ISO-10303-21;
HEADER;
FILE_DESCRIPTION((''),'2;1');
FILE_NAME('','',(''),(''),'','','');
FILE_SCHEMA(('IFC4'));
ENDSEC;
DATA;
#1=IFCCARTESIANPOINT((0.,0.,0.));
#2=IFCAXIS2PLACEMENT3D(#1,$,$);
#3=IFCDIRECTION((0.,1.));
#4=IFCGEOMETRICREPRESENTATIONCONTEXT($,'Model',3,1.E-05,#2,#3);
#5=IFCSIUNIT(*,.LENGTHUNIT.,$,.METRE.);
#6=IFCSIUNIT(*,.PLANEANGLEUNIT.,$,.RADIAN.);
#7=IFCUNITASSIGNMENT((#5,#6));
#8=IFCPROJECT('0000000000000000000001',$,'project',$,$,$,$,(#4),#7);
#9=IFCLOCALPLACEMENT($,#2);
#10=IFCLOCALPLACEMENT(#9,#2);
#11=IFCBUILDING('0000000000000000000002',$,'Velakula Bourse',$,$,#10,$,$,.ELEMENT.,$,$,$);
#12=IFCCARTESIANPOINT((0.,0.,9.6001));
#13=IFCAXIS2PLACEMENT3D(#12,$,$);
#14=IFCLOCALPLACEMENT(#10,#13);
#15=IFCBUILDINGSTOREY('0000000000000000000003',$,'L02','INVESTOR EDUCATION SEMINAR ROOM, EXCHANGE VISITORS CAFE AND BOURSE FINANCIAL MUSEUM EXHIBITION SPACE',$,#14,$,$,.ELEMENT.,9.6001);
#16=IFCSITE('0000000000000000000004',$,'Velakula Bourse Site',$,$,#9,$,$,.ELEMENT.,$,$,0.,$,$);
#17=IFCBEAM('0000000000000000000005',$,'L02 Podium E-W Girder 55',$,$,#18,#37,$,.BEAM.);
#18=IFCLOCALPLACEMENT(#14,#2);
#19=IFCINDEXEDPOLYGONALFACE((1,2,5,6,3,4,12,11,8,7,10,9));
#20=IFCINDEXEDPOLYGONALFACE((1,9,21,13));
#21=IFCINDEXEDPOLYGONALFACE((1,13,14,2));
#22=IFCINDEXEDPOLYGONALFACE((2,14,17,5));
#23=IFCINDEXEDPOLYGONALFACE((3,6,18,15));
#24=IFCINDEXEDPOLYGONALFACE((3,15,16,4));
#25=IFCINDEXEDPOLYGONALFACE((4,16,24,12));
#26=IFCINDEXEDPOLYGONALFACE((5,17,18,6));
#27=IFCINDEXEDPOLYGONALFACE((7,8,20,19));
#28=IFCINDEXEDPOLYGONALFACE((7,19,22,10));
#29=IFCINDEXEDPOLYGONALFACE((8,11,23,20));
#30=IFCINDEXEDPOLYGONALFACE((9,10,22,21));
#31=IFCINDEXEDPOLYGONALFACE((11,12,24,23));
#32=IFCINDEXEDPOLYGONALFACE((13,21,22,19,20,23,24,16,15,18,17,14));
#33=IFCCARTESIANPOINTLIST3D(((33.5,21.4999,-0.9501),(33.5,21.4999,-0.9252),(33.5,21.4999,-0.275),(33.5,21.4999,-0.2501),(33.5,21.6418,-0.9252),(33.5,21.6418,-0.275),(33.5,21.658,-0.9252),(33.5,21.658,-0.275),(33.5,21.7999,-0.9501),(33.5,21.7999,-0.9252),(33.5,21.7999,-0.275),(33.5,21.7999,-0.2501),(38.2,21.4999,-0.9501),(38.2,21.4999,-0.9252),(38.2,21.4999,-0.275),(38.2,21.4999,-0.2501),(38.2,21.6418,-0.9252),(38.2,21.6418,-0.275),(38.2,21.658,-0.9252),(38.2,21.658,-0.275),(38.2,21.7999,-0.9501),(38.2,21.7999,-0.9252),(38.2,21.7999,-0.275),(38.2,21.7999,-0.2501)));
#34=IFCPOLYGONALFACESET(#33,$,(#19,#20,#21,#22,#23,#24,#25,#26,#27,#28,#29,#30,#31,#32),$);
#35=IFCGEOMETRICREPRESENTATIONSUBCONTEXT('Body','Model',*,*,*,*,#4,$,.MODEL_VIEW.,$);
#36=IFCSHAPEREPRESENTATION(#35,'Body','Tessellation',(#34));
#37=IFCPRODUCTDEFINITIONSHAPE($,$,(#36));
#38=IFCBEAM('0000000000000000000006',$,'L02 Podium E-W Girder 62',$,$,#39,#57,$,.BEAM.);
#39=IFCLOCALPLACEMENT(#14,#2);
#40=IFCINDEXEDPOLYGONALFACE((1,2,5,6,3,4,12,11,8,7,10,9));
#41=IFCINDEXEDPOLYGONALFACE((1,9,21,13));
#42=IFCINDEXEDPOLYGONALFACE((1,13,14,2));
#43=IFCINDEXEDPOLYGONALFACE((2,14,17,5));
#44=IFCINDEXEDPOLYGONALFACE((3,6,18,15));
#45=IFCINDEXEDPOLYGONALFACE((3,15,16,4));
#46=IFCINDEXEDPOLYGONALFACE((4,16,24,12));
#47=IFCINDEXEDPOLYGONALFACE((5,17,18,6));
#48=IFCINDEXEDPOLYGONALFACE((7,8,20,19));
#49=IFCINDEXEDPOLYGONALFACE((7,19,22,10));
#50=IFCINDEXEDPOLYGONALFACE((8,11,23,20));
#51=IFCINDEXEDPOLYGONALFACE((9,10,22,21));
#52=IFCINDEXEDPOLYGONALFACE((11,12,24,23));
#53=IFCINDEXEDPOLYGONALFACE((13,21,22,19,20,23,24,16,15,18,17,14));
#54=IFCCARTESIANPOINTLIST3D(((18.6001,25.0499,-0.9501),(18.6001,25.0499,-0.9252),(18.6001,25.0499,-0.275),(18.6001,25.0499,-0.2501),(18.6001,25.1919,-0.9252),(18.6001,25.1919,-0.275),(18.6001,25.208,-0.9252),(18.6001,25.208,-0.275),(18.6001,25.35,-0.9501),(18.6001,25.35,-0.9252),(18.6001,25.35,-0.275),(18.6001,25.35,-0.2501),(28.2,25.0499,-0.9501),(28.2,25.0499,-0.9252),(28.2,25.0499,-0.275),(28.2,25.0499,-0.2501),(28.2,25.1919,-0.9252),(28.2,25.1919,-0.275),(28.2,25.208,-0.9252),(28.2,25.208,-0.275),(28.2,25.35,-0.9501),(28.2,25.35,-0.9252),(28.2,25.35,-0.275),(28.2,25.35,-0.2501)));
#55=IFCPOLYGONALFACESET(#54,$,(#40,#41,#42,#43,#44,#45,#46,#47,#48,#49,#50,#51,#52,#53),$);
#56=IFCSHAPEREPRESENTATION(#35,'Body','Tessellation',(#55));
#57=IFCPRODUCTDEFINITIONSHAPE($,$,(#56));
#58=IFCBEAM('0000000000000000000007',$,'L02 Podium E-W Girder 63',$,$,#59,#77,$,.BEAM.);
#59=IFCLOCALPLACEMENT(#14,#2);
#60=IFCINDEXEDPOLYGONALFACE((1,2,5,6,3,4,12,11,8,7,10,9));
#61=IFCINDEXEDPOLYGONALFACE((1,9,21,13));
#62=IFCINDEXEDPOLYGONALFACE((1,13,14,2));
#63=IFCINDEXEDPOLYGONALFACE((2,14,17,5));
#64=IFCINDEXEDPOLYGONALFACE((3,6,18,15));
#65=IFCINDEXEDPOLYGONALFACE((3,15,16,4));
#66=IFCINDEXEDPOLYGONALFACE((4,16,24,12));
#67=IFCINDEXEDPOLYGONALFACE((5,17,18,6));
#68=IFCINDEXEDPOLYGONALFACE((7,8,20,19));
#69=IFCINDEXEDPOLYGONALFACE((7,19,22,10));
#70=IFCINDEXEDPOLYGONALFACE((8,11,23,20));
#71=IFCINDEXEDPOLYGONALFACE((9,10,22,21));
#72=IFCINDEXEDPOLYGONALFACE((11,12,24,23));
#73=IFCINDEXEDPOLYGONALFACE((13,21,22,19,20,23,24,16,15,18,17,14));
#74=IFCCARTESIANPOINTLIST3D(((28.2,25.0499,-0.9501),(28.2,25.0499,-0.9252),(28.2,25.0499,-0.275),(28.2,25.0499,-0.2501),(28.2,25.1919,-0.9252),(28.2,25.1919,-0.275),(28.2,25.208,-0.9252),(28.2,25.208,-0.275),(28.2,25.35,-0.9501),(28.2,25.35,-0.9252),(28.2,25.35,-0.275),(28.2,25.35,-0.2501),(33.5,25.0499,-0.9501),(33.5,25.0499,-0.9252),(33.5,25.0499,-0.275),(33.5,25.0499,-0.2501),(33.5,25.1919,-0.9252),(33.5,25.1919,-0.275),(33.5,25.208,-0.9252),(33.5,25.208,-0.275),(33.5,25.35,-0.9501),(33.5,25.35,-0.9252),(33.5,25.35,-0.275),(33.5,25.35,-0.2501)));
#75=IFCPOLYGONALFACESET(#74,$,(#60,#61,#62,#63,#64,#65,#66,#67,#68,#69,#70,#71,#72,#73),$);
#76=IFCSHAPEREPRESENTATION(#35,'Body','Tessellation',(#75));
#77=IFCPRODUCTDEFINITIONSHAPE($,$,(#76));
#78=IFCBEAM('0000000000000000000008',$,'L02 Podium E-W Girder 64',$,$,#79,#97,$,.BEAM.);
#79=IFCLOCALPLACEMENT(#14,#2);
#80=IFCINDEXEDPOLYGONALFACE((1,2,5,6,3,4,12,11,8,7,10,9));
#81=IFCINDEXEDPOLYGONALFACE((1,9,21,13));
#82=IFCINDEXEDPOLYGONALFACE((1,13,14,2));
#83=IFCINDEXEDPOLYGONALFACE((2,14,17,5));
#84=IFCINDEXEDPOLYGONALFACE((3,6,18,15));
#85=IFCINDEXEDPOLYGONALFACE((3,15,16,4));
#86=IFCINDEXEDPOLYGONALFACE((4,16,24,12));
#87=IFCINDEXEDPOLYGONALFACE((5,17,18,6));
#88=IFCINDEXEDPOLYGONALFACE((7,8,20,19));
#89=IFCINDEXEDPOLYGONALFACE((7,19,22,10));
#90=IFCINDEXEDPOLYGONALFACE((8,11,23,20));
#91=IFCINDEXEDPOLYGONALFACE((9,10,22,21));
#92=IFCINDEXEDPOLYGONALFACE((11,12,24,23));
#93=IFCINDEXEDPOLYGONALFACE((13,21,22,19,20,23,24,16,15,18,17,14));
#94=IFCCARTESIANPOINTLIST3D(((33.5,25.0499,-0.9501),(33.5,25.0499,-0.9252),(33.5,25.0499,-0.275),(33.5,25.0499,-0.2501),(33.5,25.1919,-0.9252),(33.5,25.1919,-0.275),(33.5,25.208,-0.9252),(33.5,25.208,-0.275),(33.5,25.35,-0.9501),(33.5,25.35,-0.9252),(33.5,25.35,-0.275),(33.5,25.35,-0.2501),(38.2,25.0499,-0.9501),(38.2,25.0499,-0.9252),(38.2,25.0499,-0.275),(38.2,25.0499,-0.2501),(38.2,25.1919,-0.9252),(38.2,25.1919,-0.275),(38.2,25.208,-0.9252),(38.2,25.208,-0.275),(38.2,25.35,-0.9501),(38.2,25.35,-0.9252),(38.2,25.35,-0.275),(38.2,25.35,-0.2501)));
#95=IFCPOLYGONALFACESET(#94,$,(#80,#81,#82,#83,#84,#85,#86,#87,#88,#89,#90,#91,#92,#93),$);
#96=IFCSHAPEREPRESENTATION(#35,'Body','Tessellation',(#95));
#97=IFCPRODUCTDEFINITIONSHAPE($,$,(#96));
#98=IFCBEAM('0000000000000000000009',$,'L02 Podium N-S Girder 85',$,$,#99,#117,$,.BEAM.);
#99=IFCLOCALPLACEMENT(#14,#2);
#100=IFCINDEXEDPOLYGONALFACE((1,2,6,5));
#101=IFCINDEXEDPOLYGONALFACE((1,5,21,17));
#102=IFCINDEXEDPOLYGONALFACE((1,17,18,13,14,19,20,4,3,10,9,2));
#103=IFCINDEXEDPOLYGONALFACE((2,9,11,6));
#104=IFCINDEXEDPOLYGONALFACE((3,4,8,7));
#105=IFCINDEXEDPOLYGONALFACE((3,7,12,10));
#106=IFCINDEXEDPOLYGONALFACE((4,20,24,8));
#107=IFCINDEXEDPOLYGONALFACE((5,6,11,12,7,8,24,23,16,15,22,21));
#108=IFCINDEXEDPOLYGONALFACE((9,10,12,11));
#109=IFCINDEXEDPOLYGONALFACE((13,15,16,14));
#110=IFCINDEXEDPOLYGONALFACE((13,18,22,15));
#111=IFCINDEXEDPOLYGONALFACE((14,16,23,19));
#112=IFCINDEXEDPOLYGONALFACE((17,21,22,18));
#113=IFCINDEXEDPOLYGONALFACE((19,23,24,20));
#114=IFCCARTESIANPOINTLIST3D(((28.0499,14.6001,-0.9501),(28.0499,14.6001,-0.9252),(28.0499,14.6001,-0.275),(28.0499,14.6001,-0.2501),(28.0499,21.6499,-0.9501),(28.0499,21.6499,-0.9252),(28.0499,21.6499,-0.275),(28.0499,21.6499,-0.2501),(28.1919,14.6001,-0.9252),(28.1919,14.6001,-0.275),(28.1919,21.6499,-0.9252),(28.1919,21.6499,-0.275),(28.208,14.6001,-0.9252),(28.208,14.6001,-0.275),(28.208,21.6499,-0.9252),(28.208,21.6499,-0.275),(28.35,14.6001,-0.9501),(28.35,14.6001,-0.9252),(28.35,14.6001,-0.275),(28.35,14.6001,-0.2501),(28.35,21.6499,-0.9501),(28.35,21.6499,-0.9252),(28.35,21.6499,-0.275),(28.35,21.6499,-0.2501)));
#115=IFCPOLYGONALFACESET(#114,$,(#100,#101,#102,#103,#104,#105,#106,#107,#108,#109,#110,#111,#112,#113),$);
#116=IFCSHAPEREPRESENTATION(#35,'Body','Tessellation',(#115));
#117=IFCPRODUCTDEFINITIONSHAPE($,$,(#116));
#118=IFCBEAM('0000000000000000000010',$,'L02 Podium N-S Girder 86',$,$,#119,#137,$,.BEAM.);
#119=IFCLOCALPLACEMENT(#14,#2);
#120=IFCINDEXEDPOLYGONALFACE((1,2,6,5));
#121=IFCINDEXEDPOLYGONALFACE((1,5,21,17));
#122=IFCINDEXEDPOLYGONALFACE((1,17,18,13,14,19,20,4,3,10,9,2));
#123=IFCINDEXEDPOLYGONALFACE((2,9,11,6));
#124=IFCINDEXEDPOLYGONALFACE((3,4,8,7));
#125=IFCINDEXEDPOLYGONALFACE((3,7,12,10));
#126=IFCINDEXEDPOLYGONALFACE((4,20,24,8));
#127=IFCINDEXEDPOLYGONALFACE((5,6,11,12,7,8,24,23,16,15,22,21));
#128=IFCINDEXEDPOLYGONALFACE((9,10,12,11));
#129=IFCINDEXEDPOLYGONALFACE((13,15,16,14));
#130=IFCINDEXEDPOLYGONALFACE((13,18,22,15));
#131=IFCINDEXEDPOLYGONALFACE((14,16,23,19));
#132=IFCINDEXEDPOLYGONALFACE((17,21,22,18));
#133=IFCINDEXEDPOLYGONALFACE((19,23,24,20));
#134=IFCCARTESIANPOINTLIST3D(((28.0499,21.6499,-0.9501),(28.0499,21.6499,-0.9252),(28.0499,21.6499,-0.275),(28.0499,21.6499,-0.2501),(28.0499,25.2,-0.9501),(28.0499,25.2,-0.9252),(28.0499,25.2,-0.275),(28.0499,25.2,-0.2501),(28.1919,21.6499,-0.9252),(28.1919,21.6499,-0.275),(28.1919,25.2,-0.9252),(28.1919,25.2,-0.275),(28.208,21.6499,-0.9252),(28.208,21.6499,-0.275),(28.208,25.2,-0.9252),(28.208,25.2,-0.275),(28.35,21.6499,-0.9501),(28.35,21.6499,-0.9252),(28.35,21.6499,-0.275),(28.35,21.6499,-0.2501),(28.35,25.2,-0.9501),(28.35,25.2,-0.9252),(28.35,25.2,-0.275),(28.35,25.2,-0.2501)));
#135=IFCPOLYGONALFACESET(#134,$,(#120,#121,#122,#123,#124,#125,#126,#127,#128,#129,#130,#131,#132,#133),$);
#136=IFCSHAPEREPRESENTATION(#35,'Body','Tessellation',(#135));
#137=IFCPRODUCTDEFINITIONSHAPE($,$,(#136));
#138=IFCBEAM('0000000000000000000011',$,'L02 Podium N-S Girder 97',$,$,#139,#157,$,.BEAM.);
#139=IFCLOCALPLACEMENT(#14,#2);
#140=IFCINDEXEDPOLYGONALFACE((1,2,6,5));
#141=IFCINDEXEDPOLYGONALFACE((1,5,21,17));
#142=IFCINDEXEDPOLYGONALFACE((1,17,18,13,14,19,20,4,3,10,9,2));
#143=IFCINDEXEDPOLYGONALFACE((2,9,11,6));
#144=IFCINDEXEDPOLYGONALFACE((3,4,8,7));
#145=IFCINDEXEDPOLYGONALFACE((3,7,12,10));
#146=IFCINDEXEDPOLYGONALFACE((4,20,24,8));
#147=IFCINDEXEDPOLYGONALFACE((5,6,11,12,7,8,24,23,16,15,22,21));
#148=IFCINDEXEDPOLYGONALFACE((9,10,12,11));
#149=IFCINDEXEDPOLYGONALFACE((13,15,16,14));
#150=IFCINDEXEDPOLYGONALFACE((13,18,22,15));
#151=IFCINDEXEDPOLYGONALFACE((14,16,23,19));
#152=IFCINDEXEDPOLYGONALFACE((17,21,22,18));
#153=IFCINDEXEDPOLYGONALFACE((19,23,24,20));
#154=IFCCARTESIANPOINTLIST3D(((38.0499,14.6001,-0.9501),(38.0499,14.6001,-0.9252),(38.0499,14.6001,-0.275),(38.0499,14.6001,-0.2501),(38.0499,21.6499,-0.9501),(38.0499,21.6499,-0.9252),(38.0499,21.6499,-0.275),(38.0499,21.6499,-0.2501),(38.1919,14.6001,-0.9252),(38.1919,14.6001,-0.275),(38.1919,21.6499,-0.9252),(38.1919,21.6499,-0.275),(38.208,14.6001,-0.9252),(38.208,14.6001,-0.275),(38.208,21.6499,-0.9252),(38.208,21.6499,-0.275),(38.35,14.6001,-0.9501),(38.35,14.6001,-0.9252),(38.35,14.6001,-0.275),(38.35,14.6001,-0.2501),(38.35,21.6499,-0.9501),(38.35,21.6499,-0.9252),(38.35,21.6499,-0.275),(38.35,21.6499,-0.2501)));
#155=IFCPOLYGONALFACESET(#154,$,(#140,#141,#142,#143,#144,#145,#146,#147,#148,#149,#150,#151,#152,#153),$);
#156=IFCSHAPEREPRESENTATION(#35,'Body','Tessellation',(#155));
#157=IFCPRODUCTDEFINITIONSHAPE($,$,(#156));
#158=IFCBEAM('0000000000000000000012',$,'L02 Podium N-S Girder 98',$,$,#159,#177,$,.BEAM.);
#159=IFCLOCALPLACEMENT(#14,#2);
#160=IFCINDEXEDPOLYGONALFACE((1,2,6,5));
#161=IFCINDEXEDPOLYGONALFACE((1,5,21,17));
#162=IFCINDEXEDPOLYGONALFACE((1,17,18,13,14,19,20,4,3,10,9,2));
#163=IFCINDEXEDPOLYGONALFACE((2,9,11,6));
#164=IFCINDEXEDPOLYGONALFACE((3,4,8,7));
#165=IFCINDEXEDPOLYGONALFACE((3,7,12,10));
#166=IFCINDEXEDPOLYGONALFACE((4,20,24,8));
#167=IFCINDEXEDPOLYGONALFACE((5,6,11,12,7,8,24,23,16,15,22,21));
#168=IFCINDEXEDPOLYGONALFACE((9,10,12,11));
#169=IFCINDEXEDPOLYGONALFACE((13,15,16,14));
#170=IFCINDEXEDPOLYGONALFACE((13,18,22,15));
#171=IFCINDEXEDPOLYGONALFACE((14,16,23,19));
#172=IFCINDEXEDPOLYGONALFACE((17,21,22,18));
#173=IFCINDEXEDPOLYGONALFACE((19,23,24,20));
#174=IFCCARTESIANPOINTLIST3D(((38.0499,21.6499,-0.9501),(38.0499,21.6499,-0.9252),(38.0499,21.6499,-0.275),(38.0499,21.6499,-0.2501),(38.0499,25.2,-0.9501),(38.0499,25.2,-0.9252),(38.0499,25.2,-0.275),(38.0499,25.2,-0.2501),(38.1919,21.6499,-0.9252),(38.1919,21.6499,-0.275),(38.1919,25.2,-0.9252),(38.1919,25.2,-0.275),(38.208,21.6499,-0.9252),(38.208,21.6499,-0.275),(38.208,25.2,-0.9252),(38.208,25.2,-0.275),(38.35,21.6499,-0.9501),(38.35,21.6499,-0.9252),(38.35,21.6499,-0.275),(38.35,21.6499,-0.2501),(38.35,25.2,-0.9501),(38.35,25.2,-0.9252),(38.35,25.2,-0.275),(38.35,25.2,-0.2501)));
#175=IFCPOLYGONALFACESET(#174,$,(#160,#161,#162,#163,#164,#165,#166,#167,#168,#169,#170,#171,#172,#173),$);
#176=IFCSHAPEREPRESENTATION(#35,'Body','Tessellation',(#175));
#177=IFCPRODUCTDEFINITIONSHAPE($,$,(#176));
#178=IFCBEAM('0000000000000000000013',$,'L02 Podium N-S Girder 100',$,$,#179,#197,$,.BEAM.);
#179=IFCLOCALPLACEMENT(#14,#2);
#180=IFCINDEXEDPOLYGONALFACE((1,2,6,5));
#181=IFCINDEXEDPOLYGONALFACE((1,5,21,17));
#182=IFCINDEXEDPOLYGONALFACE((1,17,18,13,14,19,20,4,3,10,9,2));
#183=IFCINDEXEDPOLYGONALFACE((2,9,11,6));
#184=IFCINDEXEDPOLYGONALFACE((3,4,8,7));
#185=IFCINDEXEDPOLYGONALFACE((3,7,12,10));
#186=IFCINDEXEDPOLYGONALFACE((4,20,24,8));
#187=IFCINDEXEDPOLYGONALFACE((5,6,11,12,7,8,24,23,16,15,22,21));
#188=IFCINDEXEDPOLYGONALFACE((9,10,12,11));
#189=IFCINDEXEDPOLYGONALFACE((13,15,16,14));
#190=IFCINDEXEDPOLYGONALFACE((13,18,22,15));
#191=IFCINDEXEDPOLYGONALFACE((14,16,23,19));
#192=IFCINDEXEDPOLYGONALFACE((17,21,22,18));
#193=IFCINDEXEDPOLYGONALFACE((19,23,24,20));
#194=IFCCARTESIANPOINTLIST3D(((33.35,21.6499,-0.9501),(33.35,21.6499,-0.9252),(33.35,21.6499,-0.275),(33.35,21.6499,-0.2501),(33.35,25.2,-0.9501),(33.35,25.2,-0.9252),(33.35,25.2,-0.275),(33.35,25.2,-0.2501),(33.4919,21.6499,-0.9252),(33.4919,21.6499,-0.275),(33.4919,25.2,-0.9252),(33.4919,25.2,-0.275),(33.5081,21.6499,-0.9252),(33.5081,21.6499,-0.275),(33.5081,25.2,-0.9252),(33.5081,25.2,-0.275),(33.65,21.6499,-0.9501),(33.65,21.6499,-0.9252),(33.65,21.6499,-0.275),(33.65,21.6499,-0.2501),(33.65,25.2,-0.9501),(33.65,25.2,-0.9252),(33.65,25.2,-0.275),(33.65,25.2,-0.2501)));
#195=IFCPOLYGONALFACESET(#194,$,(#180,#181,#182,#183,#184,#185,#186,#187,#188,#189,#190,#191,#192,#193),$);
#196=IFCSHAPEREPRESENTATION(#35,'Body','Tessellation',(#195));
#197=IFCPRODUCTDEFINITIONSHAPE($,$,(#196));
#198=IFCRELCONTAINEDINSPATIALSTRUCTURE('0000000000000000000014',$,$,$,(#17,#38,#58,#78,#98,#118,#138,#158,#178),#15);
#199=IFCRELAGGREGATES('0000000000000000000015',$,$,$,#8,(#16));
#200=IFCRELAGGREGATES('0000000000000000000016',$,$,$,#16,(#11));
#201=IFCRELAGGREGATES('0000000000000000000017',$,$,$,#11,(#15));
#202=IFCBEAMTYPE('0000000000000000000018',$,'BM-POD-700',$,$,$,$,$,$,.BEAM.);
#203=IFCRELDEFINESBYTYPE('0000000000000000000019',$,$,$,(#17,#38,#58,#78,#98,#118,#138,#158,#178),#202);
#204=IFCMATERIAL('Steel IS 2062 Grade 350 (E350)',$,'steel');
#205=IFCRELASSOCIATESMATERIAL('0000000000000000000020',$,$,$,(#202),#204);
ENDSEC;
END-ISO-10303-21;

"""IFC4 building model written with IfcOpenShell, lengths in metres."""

from ifc_helpers import new_model, si_unit, direction, frame, origin, origin_2d, place, context, subcontext, project, spatial, i_section, extrude, material, material_profile, profile_set, type_object, element, save


model = new_model("IFC4")

# Units and contexts
model_context = context("Model", 3, precision=1e-05, world=origin(), true_north=direction((0.0, 1.0)))
body_context = subcontext(model_context, "Body", "Model", "MODEL_VIEW")
ifc_project = project(units=[si_unit("LENGTHUNIT", "METRE"), si_unit("PLANEANGLEUNIT", "RADIAN")], contexts=[model_context])

# Site, building, storey
site_placement = place(None, origin())
site = spatial("IfcSite", under=ifc_project, at=site_placement, Name="Velakula Bourse Site", CompositionType="ELEMENT", RefElevation=0.0)
building_placement = place(site_placement, origin())
building = spatial("IfcBuilding", under=site, at=building_placement, Name="Velakula Bourse", CompositionType="ELEMENT")
storey_placement = place(building_placement, frame((0.0, 0.0, 9.6001)))
storey = spatial("IfcBuildingStorey", under=building, at=storey_placement, Name="L02", Description="INVESTOR EDUCATION SEMINAR ROOM, EXCHANGE VISITORS CAFE AND BOURSE FINANCIAL MUSEUM EXHIBITION SPACE", CompositionType="ELEMENT", Elevation=9.6001)

# Beams
ifc_material_1 = material(Name="Steel IS 2062 Grade 350 (E350)", Category="steel")
ifc_material_profile_1 = material_profile(ifc_material_1, i_section(OverallWidth=0.3, OverallDepth=0.7, WebThickness=0.0161, FlangeThickness=0.0249, at=origin_2d()), Name="Steel IS 2062 Grade 350 (E350)")
ifc_profile_set_1 = profile_set([ifc_material_profile_1], Name="Steel IS 2062 Grade 350 (E350)")
beam_type_1 = type_object("IfcBeamType", Name="BM-POD-700", PredefinedType="BEAM", material=ifc_profile_set_1)
beam_1_placement = place(storey_placement, frame((33.5, 21.6499, -0.6001), z_axis=(1.0, 0.0, 0.0), x_axis=(0.0, 1.0, 0.0)))
element("IfcBeam", 1, at=beam_1_placement, inside=storey, type_object=beam_type_1, Name="L02 Podium E-W Girder 55", PredefinedType="BEAM", context=body_context, shape_type="SweptSolid", body=[
    extrude(i_section(OverallWidth=0.3, OverallDepth=0.7, WebThickness=0.0161, FlangeThickness=0.0249, at=origin_2d()), origin(), (0.0, 0.0, 1.0), 4.7),
])
beam_2_placement = place(storey_placement, frame((18.6001, 25.2, -0.6001), z_axis=(1.0, 0.0, 0.0), x_axis=(0.0, 1.0, 0.0)))
element("IfcBeam", 2, at=beam_2_placement, inside=storey, type_object=beam_type_1, Name="L02 Podium E-W Girder 62", PredefinedType="BEAM", context=body_context, shape_type="SweptSolid", body=[
    extrude(i_section(OverallWidth=0.3, OverallDepth=0.7, WebThickness=0.0161, FlangeThickness=0.0249, at=origin_2d()), origin(), (0.0, 0.0, 1.0), 9.5999),
])
beam_3_placement = place(storey_placement, frame((28.2, 25.2, -0.6001), z_axis=(1.0, 0.0, 0.0), x_axis=(0.0, 1.0, 0.0)))
element("IfcBeam", 3, at=beam_3_placement, inside=storey, type_object=beam_type_1, Name="L02 Podium E-W Girder 63", PredefinedType="BEAM", context=body_context, shape_type="SweptSolid", body=[
    extrude(i_section(OverallWidth=0.3, OverallDepth=0.7, WebThickness=0.0161, FlangeThickness=0.0249, at=origin_2d()), origin(), (0.0, 0.0, 1.0), 5.3),
])
beam_4_placement = place(storey_placement, frame((33.5, 25.2, -0.6001), z_axis=(1.0, 0.0, 0.0), x_axis=(0.0, 1.0, 0.0)))
element("IfcBeam", 4, at=beam_4_placement, inside=storey, type_object=beam_type_1, Name="L02 Podium E-W Girder 64", PredefinedType="BEAM", context=body_context, shape_type="SweptSolid", body=[
    extrude(i_section(OverallWidth=0.3, OverallDepth=0.7, WebThickness=0.0161, FlangeThickness=0.0249, at=origin_2d()), origin(), (0.0, 0.0, 1.0), 4.7),
])
beam_5_placement = place(storey_placement, frame((28.2, 14.6001, -0.6001), z_axis=(0.0, 1.0, 0.0), x_axis=(-1.0, 0.0, 0.0)))
element("IfcBeam", 5, at=beam_5_placement, inside=storey, type_object=beam_type_1, Name="L02 Podium N-S Girder 85", PredefinedType="BEAM", context=body_context, shape_type="SweptSolid", body=[
    extrude(i_section(OverallWidth=0.3, OverallDepth=0.7, WebThickness=0.0161, FlangeThickness=0.0249, at=origin_2d()), origin(), (0.0, 0.0, 1.0), 7.0498),
])
beam_6_placement = place(storey_placement, frame((28.2, 21.6499, -0.6001), z_axis=(0.0, 1.0, 0.0), x_axis=(-1.0, 0.0, 0.0)))
element("IfcBeam", 6, at=beam_6_placement, inside=storey, type_object=beam_type_1, Name="L02 Podium N-S Girder 86", PredefinedType="BEAM", context=body_context, shape_type="SweptSolid", body=[
    extrude(i_section(OverallWidth=0.3, OverallDepth=0.7, WebThickness=0.0161, FlangeThickness=0.0249, at=origin_2d()), origin(), (0.0, 0.0, 1.0), 3.55),
])
beam_7_placement = place(storey_placement, frame((38.2, 14.6001, -0.6001), z_axis=(0.0, 1.0, 0.0), x_axis=(-1.0, 0.0, 0.0)))
element("IfcBeam", 7, at=beam_7_placement, inside=storey, type_object=beam_type_1, Name="L02 Podium N-S Girder 97", PredefinedType="BEAM", context=body_context, shape_type="SweptSolid", body=[
    extrude(i_section(OverallWidth=0.3, OverallDepth=0.7, WebThickness=0.0161, FlangeThickness=0.0249, at=origin_2d()), origin(), (0.0, 0.0, 1.0), 7.0498),
])
for number, where, z_axis, x_axis, name in (
    (8, (38.2, 21.6499, -0.6001), (0.0, 1.0, 0.0), (-1.0, 0.0, 0.0), "L02 Podium N-S Girder 98"),
    (9, (33.5, 21.6499, -0.6001), (0.0, 1.0, 0.0), (-1.0, 0.0, 0.0), "L02 Podium N-S Girder 100"),
):
    element("IfcBeam", number, at=place(storey_placement, frame(where, z_axis=z_axis, x_axis=x_axis)), inside=storey, type_object=beam_type_1, Name=name, PredefinedType="BEAM", context=body_context, shape_type="SweptSolid", body=[
        extrude(i_section(OverallWidth=0.3, OverallDepth=0.7, WebThickness=0.0161, FlangeThickness=0.0249, at=origin_2d()), origin(), (0.0, 0.0, 1.0), 3.55),
    ])

save(model, "model.ifc")
